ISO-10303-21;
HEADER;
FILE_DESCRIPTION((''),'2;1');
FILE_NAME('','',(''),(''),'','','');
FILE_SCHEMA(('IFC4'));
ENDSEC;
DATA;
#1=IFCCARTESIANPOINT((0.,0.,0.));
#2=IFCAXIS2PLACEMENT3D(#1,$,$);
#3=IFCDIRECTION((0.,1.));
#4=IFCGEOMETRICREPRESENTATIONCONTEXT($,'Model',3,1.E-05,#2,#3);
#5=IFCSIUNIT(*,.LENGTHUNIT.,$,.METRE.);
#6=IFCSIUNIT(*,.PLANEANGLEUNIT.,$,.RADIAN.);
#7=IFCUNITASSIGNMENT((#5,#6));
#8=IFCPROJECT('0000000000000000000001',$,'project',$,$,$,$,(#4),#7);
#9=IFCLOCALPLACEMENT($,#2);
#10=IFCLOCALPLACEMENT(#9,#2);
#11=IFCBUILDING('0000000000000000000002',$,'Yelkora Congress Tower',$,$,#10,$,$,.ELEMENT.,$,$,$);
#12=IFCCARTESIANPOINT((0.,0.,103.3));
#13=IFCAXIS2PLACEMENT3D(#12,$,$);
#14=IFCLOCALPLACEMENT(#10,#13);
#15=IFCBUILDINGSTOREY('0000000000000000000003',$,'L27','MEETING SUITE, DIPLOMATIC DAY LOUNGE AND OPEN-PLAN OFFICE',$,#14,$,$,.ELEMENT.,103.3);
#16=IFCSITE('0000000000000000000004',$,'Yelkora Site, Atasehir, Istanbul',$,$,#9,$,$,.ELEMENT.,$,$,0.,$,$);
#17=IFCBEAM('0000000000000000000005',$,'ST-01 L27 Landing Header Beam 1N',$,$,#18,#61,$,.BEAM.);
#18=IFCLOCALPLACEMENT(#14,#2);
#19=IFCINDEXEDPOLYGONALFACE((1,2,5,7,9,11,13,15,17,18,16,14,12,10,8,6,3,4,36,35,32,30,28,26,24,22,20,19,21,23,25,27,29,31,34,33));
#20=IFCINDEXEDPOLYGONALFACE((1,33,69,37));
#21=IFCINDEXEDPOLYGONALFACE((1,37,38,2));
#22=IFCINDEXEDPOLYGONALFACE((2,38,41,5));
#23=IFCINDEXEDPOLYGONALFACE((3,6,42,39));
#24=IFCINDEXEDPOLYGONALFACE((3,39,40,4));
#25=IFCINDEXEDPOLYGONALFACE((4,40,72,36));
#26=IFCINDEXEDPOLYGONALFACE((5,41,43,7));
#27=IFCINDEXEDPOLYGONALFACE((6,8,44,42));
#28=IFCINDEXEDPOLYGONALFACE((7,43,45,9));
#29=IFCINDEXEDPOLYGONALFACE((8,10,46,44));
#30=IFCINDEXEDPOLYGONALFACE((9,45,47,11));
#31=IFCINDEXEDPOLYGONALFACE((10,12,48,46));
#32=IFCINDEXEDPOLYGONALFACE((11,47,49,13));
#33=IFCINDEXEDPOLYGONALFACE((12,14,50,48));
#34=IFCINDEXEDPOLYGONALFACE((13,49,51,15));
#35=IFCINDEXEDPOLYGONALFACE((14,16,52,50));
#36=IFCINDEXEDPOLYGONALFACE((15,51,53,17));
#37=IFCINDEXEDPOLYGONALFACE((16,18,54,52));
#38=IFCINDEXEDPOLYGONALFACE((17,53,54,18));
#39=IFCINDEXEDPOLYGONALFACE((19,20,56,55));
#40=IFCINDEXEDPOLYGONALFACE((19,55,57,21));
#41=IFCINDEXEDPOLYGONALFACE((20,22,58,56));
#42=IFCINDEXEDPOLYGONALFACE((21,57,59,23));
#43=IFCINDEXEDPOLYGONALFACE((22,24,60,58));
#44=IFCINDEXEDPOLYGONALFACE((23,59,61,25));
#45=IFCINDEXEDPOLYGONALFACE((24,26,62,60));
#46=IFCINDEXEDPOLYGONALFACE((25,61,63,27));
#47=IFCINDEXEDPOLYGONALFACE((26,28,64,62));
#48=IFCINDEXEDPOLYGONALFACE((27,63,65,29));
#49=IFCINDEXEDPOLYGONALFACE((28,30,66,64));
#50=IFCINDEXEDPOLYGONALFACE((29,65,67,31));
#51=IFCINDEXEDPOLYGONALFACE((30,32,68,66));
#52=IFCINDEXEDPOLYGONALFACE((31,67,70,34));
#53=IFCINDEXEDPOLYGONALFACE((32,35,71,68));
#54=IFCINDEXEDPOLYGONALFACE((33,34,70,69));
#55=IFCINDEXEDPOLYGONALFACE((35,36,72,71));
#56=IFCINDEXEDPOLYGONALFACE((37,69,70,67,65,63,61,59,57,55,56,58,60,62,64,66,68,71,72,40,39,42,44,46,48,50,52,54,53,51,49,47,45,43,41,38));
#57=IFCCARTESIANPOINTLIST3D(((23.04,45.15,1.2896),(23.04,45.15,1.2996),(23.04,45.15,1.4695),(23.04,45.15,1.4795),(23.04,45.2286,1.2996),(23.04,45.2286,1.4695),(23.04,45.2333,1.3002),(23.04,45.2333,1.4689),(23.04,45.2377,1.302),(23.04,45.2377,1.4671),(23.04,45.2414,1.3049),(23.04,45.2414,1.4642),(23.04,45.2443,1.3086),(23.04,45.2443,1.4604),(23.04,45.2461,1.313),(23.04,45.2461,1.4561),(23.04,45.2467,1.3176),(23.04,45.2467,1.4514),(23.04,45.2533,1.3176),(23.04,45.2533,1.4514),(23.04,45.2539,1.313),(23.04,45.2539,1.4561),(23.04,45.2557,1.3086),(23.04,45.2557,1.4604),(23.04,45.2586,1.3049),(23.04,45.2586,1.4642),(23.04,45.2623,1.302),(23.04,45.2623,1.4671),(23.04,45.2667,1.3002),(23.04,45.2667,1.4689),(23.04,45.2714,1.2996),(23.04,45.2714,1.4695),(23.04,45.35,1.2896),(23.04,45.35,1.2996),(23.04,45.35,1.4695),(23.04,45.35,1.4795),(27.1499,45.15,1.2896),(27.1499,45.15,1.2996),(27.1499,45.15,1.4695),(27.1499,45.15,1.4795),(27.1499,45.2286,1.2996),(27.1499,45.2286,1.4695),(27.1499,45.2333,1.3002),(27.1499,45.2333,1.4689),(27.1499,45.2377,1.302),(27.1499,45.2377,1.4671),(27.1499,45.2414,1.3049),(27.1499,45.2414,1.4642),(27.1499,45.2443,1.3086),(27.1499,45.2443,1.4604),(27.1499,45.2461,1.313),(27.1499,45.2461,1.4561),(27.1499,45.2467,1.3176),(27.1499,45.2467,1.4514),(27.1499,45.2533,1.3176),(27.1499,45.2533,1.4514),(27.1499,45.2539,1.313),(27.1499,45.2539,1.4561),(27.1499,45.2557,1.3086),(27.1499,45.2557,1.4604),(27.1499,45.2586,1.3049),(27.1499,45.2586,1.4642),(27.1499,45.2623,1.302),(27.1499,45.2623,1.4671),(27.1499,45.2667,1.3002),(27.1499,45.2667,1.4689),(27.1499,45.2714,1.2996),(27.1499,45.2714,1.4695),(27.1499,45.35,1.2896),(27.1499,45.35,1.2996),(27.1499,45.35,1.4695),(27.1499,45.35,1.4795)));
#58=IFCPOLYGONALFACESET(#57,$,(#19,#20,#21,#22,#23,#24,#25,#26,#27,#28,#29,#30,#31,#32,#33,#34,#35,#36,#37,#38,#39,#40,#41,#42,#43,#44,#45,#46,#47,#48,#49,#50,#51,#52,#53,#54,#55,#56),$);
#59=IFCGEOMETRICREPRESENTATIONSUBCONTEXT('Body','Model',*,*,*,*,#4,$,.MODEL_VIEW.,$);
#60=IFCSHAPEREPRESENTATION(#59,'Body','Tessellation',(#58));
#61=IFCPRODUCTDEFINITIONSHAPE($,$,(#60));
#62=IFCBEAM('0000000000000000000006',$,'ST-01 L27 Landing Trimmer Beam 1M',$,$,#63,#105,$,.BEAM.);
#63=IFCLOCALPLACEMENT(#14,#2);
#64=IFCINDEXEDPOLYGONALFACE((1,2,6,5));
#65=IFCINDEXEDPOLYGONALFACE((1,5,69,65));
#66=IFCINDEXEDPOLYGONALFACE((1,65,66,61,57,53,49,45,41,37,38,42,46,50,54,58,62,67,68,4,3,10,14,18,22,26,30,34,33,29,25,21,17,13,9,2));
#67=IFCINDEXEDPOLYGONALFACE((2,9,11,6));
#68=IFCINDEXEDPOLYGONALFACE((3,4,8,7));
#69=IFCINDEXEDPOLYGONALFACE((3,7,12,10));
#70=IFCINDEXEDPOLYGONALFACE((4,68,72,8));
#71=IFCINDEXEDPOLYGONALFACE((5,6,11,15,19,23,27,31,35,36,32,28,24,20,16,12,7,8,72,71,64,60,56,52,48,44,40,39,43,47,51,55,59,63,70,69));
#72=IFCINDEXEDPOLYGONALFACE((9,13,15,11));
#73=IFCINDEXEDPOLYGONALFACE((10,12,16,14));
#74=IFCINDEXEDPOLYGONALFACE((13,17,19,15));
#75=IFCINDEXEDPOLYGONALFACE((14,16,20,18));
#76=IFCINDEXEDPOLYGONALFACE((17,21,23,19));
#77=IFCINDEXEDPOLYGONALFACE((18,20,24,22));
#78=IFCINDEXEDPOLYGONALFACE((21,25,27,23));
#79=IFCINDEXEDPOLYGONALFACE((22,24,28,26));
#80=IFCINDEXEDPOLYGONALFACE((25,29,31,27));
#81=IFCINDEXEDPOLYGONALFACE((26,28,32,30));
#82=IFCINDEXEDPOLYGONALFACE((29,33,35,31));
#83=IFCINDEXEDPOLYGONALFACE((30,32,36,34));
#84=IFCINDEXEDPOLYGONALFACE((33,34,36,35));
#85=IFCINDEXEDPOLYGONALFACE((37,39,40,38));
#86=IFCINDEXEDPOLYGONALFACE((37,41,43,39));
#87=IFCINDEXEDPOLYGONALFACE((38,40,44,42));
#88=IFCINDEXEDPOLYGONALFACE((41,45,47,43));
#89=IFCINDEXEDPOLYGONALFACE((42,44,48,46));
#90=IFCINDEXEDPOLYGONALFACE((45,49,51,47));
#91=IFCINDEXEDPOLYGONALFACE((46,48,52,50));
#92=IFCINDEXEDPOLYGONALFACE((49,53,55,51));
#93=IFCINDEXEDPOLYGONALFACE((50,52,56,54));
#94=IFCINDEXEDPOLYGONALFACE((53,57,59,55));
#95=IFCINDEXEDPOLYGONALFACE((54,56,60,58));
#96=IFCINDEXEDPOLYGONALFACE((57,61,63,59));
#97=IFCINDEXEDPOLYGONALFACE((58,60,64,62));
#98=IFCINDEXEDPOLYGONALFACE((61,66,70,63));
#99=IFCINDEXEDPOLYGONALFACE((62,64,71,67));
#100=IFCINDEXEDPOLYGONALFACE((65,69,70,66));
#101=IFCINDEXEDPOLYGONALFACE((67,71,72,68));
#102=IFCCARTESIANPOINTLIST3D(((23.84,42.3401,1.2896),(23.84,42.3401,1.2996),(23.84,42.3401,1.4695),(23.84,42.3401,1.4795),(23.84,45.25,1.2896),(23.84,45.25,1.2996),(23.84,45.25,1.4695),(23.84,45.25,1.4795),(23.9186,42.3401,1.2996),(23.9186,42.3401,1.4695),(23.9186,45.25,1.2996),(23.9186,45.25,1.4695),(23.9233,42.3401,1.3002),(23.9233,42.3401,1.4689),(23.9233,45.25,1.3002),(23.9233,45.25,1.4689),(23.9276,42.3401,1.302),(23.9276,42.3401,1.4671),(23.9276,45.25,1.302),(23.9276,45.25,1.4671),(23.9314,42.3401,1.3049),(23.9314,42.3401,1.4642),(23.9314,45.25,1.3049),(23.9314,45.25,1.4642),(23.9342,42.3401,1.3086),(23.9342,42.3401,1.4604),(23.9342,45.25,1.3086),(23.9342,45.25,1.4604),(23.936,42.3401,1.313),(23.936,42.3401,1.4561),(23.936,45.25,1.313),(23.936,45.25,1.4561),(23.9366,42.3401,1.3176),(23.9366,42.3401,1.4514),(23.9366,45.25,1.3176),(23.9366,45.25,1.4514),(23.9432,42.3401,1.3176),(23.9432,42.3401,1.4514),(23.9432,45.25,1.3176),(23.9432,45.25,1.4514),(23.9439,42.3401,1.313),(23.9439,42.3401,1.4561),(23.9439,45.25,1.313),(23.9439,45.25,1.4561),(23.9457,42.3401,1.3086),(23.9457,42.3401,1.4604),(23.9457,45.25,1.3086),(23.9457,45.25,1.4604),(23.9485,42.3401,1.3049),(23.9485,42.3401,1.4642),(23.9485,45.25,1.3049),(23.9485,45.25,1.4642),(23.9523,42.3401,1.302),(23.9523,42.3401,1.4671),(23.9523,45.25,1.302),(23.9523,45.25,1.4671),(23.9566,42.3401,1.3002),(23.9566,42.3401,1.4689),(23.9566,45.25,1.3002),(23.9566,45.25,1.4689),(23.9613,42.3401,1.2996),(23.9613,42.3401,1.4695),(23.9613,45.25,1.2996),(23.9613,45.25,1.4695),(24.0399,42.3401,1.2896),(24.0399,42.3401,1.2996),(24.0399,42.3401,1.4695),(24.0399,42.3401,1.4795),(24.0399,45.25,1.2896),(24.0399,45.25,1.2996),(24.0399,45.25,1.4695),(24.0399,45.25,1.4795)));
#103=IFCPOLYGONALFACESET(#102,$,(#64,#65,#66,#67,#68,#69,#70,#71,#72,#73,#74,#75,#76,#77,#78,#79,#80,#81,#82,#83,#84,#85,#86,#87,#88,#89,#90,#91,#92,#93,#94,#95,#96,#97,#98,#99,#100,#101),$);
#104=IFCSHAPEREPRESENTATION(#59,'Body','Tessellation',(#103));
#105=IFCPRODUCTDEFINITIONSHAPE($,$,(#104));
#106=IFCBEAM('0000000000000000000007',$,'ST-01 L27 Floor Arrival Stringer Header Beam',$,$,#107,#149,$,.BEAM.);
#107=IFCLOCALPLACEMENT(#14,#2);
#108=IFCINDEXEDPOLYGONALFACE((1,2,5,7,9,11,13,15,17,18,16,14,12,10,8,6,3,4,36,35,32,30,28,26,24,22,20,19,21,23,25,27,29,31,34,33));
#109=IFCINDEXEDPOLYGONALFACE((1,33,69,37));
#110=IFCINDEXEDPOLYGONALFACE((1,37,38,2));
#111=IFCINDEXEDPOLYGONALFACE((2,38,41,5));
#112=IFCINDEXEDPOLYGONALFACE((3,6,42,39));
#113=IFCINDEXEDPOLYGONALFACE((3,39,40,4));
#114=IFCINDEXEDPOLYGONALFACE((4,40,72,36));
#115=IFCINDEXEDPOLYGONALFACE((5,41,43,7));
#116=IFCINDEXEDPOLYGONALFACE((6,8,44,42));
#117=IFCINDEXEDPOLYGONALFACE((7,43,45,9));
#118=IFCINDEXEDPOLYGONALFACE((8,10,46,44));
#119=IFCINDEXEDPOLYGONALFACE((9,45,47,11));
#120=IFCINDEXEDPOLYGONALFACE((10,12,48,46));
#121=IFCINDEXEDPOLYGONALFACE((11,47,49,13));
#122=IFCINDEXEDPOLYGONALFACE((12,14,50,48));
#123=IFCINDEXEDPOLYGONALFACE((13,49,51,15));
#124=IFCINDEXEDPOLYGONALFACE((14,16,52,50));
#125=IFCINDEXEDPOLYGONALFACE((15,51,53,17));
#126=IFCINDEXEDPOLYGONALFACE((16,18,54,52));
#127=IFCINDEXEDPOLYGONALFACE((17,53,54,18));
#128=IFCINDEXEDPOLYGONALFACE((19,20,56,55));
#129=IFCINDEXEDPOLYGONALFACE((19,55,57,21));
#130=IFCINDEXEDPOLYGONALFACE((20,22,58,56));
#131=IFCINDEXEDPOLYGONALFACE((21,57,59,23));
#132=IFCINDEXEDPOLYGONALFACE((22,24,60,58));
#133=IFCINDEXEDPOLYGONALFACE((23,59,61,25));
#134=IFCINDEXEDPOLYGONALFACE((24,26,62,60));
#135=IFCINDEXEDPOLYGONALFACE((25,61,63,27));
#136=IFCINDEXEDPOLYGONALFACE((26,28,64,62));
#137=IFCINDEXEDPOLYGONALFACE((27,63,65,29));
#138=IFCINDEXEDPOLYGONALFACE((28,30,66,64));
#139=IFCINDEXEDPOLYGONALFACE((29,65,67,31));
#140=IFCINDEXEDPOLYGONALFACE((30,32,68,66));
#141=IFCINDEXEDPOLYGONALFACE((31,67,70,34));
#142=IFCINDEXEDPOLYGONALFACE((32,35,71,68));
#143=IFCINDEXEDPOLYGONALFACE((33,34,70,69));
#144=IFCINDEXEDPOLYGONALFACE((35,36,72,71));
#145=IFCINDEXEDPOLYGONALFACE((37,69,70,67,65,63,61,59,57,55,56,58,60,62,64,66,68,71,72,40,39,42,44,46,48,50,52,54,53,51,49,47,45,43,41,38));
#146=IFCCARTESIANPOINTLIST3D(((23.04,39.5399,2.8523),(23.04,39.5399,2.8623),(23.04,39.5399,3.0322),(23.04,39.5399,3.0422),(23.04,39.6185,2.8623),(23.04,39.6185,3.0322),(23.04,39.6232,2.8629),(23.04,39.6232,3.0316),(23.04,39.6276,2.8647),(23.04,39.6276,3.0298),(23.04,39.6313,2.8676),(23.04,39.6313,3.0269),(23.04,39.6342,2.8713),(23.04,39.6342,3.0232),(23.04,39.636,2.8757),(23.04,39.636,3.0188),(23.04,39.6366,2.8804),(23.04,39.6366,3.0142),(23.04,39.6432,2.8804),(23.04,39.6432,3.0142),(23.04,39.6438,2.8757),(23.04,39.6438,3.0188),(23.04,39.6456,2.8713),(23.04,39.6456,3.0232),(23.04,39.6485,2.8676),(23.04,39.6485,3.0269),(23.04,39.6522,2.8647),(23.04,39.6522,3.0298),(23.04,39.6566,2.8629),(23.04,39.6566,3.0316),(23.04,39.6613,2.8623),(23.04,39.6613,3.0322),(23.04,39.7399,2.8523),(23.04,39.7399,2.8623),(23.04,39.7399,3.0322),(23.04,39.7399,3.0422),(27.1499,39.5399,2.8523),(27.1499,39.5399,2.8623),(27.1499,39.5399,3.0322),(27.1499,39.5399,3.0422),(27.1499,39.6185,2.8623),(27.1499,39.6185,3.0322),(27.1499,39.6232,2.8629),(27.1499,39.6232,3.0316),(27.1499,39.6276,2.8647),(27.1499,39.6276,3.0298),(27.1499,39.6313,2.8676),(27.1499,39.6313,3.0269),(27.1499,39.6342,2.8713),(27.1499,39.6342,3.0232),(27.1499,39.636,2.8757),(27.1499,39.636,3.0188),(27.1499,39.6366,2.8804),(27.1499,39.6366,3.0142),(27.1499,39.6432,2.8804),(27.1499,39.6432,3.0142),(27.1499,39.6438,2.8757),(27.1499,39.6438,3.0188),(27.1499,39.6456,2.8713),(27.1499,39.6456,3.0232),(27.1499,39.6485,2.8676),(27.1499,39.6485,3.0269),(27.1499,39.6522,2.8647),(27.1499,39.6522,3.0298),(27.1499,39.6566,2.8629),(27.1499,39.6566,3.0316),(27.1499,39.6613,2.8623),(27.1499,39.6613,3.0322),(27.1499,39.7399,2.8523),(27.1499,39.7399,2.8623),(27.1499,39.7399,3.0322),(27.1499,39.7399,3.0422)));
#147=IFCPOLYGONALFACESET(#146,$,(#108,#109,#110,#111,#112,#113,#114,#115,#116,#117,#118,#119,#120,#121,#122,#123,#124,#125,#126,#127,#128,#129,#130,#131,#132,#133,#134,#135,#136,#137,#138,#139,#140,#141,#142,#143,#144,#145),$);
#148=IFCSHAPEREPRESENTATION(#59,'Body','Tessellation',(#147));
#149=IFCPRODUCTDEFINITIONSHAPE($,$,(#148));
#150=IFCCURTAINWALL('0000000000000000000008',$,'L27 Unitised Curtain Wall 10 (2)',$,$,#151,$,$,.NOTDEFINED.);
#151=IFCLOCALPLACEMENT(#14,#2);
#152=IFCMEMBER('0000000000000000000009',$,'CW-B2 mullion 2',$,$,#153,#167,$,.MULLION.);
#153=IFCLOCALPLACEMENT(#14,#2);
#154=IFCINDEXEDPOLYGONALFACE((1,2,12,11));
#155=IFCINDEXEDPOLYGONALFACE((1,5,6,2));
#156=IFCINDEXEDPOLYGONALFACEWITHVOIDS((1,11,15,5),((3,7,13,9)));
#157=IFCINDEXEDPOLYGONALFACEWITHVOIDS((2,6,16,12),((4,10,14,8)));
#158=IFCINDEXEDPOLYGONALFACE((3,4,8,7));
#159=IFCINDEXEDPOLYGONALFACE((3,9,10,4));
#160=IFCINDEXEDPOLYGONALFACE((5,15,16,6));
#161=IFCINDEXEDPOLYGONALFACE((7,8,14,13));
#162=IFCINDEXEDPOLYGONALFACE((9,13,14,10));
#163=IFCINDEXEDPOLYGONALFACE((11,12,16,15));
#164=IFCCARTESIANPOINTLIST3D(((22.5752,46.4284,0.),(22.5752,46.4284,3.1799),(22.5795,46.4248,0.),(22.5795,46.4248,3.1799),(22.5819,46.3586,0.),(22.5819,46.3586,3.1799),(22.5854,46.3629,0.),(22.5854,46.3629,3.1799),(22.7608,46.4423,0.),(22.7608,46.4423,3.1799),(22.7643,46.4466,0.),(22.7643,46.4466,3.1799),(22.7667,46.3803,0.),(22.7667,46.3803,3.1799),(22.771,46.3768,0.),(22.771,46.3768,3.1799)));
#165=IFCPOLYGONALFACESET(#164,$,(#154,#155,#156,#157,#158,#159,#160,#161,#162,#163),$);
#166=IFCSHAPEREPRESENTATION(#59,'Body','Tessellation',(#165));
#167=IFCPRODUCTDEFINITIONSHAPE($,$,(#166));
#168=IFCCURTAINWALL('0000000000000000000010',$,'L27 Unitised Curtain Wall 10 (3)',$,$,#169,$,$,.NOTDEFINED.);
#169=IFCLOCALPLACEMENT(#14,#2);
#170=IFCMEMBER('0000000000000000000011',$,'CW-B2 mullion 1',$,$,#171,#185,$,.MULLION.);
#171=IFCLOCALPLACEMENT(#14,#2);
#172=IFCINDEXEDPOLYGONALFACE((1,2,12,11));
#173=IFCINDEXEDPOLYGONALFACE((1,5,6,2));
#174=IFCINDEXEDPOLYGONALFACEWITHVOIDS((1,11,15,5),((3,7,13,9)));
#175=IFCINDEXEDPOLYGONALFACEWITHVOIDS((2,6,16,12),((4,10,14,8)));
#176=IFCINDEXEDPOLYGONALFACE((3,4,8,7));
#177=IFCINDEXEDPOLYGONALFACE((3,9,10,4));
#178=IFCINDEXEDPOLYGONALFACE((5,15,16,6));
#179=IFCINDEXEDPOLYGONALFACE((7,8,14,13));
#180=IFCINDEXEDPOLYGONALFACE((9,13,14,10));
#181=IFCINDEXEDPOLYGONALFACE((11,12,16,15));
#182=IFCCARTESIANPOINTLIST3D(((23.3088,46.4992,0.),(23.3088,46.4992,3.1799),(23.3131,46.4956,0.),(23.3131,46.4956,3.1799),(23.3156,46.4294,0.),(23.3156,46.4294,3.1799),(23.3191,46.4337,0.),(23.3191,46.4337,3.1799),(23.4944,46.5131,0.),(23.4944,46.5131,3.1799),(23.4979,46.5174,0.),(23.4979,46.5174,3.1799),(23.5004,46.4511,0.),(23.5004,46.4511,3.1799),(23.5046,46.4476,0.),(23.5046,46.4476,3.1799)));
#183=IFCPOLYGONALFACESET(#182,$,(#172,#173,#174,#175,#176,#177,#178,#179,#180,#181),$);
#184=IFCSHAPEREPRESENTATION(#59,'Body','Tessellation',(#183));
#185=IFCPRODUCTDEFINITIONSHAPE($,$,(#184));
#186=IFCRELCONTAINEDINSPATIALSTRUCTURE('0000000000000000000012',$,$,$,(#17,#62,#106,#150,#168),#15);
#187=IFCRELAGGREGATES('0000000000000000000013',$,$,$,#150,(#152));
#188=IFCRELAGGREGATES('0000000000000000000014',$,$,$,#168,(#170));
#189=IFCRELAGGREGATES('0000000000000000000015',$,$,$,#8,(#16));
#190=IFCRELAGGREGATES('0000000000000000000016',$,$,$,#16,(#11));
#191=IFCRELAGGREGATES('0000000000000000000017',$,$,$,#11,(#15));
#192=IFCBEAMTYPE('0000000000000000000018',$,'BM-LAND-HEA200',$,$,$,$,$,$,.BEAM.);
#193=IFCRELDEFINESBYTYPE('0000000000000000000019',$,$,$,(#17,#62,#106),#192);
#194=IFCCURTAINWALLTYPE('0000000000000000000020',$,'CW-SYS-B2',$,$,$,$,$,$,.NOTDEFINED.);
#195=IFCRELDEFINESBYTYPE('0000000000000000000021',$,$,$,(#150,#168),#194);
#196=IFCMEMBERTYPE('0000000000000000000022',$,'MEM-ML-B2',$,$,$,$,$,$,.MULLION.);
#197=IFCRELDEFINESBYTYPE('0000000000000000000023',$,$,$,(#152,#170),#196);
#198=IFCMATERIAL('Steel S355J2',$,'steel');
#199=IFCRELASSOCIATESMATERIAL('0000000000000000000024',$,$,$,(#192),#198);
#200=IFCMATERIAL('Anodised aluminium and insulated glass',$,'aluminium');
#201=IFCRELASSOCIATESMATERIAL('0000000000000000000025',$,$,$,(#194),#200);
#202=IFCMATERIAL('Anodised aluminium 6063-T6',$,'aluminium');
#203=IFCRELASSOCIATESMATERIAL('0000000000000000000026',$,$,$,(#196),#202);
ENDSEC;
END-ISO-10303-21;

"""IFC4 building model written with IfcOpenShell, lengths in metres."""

from ifc_helpers import new_model, si_unit, direction, frame, origin, origin_2d, place, context, subcontext, project, spatial, hollow_rectangle, i_section, extrude, material, material_profile, profile_set, type_object, element, aggregate, save


model = new_model("IFC4")

# Units and contexts
model_context = context("Model", 3, precision=1e-05, world=origin(), true_north=direction((0.0, 1.0)))
body_context = subcontext(model_context, "Body", "Model", "MODEL_VIEW")
ifc_project = project(units=[si_unit("LENGTHUNIT", "METRE"), si_unit("PLANEANGLEUNIT", "RADIAN")], contexts=[model_context])

# Site, building, storey
site_placement = place(None, origin())
site = spatial("IfcSite", under=ifc_project, at=site_placement, Name="Yelkora Site, Atasehir, Istanbul", CompositionType="ELEMENT", RefElevation=0.0)
building_placement = place(site_placement, origin())
building = spatial("IfcBuilding", under=site, at=building_placement, Name="Yelkora Congress Tower", CompositionType="ELEMENT")
storey_placement = place(building_placement, frame((0.0, 0.0, 103.3)))
storey = spatial("IfcBuildingStorey", under=building, at=storey_placement, Name="L27", Description="MEETING SUITE, DIPLOMATIC DAY LOUNGE AND OPEN-PLAN OFFICE", CompositionType="ELEMENT", Elevation=103.3)

# Beams
ifc_material_1 = material(Name="Steel S355J2", Category="steel")
ifc_material_profile_1 = material_profile(ifc_material_1, i_section(OverallWidth=0.2, OverallDepth=0.1899, WebThickness=0.0066, FlangeThickness=0.01, FilletRadius=0.0181, at=origin_2d()), Name="HEA 200")
ifc_profile_set_1 = profile_set([ifc_material_profile_1], Name="Steel S355J2")
beam_type_1 = type_object("IfcBeamType", Name="BM-LAND-HEA200", PredefinedType="BEAM", material=ifc_profile_set_1)
for number, where, z_axis, x_axis, name in (
    (1, (23.04, 45.25, 1.3845), (1.0, 0.0, 0.0), (0.0, 1.0, 0.0), "ST-01 L27 Landing Header Beam 1N"),
):
    element("IfcBeam", number, at=place(storey_placement, frame(where, z_axis=z_axis, x_axis=x_axis)), inside=storey, type_object=beam_type_1, Name=name, PredefinedType="BEAM", context=body_context, shape_type="SweptSolid", body=[
        extrude(i_section(OverallWidth=0.2, OverallDepth=0.1899, WebThickness=0.0066, FlangeThickness=0.01, FilletRadius=0.0181, at=origin_2d()), origin(), (0.0, 0.0, 1.0), 4.1099),
    ])
beam_1_placement = place(storey_placement, frame((23.9399, 42.3401, 1.3845), z_axis=(0.0, 1.0, 0.0), x_axis=(-1.0, 0.0, 0.0)))
element("IfcBeam", 2, at=beam_1_placement, inside=storey, type_object=beam_type_1, Name="ST-01 L27 Landing Trimmer Beam 1M", PredefinedType="BEAM", context=body_context, shape_type="SweptSolid", body=[
    extrude(i_section(OverallWidth=0.2, OverallDepth=0.1899, WebThickness=0.0066, FlangeThickness=0.01, FilletRadius=0.0181, at=origin_2d()), origin(), (0.0, 0.0, 1.0), 2.9099),
])
beam_2_placement = place(storey_placement, frame((23.04, 39.6399, 2.9473), z_axis=(1.0, 0.0, 0.0), x_axis=(0.0, 1.0, 0.0)))
element("IfcBeam", 3, at=beam_2_placement, inside=storey, type_object=beam_type_1, Name="ST-01 L27 Floor Arrival Stringer Header Beam", PredefinedType="BEAM", context=body_context, shape_type="SweptSolid", body=[
    extrude(i_section(OverallWidth=0.2, OverallDepth=0.1899, WebThickness=0.0066, FlangeThickness=0.01, FilletRadius=0.0181, at=origin_2d()), origin(), (0.0, 0.0, 1.0), 4.1099),
])

# Curtain wall, member
ifc_material_2 = material(Name="Anodised aluminium and insulated glass", Category="aluminium")
curtain_wall_type = type_object("IfcCurtainWallType", Name="CW-SYS-B2", PredefinedType="NOTDEFINED", material=ifc_material_2)
curtain_wall_1_placement = place(storey_placement, origin())
curtain_wall_1 = element("IfcCurtainWall", 4, at=curtain_wall_1_placement, inside=storey, type_object=curtain_wall_type, Name="L27 Unitised Curtain Wall 10 (2)", PredefinedType="NOTDEFINED")
ifc_material_3 = material(Name="Anodised aluminium 6063-T6", Category="aluminium")
ifc_material_profile_2 = material_profile(ifc_material_3, hollow_rectangle(XDim=0.0701, YDim=0.1899, WallThickness=0.0039, at=origin_2d()), Name="ALU 70x190x4")
ifc_profile_set_2 = profile_set([ifc_material_profile_2], Name="Anodised aluminium 6063-T6")
member_type_1 = type_object("IfcMemberType", Name="MEM-ML-B2", PredefinedType="MULLION", material=ifc_profile_set_2)
member_1_placement = place(storey_placement, frame((22.6731, 46.4026, 0.0), z_axis=(0.0, 0.0, 1.0), x_axis=(-0.095841, 0.995397, 0.0)))
member_1 = element("IfcMember", 5, at=member_1_placement, type_object=member_type_1, Name="CW-B2 mullion 2", PredefinedType="MULLION", context=body_context, shape_type="SweptSolid", body=[
    extrude(hollow_rectangle(XDim=0.0701, YDim=0.1899, WallThickness=0.0039, at=origin_2d()), origin(), (0.0, 0.0, 1.0), 3.1799),
])
aggregate(curtain_wall_1, [member_1])

# Curtain wall, member
curtain_wall_2_placement = place(storey_placement, origin())
curtain_wall_2 = element("IfcCurtainWall", 6, at=curtain_wall_2_placement, inside=storey, type_object=curtain_wall_type, Name="L27 Unitised Curtain Wall 10 (3)", PredefinedType="NOTDEFINED")
member_2_placement = place(storey_placement, frame((23.4067, 46.4734, 0.0), z_axis=(0.0, 0.0, 1.0), x_axis=(-0.095844, 0.995396, 0.0)))
member_2 = element("IfcMember", 7, at=member_2_placement, type_object=member_type_1, Name="CW-B2 mullion 1", PredefinedType="MULLION", context=body_context, shape_type="SweptSolid", body=[
    extrude(hollow_rectangle(XDim=0.0701, YDim=0.1899, WallThickness=0.0039, at=origin_2d()), origin(), (0.0, 0.0, 1.0), 3.1799),
])
aggregate(curtain_wall_2, [member_2])

save(model, "model.ifc")
